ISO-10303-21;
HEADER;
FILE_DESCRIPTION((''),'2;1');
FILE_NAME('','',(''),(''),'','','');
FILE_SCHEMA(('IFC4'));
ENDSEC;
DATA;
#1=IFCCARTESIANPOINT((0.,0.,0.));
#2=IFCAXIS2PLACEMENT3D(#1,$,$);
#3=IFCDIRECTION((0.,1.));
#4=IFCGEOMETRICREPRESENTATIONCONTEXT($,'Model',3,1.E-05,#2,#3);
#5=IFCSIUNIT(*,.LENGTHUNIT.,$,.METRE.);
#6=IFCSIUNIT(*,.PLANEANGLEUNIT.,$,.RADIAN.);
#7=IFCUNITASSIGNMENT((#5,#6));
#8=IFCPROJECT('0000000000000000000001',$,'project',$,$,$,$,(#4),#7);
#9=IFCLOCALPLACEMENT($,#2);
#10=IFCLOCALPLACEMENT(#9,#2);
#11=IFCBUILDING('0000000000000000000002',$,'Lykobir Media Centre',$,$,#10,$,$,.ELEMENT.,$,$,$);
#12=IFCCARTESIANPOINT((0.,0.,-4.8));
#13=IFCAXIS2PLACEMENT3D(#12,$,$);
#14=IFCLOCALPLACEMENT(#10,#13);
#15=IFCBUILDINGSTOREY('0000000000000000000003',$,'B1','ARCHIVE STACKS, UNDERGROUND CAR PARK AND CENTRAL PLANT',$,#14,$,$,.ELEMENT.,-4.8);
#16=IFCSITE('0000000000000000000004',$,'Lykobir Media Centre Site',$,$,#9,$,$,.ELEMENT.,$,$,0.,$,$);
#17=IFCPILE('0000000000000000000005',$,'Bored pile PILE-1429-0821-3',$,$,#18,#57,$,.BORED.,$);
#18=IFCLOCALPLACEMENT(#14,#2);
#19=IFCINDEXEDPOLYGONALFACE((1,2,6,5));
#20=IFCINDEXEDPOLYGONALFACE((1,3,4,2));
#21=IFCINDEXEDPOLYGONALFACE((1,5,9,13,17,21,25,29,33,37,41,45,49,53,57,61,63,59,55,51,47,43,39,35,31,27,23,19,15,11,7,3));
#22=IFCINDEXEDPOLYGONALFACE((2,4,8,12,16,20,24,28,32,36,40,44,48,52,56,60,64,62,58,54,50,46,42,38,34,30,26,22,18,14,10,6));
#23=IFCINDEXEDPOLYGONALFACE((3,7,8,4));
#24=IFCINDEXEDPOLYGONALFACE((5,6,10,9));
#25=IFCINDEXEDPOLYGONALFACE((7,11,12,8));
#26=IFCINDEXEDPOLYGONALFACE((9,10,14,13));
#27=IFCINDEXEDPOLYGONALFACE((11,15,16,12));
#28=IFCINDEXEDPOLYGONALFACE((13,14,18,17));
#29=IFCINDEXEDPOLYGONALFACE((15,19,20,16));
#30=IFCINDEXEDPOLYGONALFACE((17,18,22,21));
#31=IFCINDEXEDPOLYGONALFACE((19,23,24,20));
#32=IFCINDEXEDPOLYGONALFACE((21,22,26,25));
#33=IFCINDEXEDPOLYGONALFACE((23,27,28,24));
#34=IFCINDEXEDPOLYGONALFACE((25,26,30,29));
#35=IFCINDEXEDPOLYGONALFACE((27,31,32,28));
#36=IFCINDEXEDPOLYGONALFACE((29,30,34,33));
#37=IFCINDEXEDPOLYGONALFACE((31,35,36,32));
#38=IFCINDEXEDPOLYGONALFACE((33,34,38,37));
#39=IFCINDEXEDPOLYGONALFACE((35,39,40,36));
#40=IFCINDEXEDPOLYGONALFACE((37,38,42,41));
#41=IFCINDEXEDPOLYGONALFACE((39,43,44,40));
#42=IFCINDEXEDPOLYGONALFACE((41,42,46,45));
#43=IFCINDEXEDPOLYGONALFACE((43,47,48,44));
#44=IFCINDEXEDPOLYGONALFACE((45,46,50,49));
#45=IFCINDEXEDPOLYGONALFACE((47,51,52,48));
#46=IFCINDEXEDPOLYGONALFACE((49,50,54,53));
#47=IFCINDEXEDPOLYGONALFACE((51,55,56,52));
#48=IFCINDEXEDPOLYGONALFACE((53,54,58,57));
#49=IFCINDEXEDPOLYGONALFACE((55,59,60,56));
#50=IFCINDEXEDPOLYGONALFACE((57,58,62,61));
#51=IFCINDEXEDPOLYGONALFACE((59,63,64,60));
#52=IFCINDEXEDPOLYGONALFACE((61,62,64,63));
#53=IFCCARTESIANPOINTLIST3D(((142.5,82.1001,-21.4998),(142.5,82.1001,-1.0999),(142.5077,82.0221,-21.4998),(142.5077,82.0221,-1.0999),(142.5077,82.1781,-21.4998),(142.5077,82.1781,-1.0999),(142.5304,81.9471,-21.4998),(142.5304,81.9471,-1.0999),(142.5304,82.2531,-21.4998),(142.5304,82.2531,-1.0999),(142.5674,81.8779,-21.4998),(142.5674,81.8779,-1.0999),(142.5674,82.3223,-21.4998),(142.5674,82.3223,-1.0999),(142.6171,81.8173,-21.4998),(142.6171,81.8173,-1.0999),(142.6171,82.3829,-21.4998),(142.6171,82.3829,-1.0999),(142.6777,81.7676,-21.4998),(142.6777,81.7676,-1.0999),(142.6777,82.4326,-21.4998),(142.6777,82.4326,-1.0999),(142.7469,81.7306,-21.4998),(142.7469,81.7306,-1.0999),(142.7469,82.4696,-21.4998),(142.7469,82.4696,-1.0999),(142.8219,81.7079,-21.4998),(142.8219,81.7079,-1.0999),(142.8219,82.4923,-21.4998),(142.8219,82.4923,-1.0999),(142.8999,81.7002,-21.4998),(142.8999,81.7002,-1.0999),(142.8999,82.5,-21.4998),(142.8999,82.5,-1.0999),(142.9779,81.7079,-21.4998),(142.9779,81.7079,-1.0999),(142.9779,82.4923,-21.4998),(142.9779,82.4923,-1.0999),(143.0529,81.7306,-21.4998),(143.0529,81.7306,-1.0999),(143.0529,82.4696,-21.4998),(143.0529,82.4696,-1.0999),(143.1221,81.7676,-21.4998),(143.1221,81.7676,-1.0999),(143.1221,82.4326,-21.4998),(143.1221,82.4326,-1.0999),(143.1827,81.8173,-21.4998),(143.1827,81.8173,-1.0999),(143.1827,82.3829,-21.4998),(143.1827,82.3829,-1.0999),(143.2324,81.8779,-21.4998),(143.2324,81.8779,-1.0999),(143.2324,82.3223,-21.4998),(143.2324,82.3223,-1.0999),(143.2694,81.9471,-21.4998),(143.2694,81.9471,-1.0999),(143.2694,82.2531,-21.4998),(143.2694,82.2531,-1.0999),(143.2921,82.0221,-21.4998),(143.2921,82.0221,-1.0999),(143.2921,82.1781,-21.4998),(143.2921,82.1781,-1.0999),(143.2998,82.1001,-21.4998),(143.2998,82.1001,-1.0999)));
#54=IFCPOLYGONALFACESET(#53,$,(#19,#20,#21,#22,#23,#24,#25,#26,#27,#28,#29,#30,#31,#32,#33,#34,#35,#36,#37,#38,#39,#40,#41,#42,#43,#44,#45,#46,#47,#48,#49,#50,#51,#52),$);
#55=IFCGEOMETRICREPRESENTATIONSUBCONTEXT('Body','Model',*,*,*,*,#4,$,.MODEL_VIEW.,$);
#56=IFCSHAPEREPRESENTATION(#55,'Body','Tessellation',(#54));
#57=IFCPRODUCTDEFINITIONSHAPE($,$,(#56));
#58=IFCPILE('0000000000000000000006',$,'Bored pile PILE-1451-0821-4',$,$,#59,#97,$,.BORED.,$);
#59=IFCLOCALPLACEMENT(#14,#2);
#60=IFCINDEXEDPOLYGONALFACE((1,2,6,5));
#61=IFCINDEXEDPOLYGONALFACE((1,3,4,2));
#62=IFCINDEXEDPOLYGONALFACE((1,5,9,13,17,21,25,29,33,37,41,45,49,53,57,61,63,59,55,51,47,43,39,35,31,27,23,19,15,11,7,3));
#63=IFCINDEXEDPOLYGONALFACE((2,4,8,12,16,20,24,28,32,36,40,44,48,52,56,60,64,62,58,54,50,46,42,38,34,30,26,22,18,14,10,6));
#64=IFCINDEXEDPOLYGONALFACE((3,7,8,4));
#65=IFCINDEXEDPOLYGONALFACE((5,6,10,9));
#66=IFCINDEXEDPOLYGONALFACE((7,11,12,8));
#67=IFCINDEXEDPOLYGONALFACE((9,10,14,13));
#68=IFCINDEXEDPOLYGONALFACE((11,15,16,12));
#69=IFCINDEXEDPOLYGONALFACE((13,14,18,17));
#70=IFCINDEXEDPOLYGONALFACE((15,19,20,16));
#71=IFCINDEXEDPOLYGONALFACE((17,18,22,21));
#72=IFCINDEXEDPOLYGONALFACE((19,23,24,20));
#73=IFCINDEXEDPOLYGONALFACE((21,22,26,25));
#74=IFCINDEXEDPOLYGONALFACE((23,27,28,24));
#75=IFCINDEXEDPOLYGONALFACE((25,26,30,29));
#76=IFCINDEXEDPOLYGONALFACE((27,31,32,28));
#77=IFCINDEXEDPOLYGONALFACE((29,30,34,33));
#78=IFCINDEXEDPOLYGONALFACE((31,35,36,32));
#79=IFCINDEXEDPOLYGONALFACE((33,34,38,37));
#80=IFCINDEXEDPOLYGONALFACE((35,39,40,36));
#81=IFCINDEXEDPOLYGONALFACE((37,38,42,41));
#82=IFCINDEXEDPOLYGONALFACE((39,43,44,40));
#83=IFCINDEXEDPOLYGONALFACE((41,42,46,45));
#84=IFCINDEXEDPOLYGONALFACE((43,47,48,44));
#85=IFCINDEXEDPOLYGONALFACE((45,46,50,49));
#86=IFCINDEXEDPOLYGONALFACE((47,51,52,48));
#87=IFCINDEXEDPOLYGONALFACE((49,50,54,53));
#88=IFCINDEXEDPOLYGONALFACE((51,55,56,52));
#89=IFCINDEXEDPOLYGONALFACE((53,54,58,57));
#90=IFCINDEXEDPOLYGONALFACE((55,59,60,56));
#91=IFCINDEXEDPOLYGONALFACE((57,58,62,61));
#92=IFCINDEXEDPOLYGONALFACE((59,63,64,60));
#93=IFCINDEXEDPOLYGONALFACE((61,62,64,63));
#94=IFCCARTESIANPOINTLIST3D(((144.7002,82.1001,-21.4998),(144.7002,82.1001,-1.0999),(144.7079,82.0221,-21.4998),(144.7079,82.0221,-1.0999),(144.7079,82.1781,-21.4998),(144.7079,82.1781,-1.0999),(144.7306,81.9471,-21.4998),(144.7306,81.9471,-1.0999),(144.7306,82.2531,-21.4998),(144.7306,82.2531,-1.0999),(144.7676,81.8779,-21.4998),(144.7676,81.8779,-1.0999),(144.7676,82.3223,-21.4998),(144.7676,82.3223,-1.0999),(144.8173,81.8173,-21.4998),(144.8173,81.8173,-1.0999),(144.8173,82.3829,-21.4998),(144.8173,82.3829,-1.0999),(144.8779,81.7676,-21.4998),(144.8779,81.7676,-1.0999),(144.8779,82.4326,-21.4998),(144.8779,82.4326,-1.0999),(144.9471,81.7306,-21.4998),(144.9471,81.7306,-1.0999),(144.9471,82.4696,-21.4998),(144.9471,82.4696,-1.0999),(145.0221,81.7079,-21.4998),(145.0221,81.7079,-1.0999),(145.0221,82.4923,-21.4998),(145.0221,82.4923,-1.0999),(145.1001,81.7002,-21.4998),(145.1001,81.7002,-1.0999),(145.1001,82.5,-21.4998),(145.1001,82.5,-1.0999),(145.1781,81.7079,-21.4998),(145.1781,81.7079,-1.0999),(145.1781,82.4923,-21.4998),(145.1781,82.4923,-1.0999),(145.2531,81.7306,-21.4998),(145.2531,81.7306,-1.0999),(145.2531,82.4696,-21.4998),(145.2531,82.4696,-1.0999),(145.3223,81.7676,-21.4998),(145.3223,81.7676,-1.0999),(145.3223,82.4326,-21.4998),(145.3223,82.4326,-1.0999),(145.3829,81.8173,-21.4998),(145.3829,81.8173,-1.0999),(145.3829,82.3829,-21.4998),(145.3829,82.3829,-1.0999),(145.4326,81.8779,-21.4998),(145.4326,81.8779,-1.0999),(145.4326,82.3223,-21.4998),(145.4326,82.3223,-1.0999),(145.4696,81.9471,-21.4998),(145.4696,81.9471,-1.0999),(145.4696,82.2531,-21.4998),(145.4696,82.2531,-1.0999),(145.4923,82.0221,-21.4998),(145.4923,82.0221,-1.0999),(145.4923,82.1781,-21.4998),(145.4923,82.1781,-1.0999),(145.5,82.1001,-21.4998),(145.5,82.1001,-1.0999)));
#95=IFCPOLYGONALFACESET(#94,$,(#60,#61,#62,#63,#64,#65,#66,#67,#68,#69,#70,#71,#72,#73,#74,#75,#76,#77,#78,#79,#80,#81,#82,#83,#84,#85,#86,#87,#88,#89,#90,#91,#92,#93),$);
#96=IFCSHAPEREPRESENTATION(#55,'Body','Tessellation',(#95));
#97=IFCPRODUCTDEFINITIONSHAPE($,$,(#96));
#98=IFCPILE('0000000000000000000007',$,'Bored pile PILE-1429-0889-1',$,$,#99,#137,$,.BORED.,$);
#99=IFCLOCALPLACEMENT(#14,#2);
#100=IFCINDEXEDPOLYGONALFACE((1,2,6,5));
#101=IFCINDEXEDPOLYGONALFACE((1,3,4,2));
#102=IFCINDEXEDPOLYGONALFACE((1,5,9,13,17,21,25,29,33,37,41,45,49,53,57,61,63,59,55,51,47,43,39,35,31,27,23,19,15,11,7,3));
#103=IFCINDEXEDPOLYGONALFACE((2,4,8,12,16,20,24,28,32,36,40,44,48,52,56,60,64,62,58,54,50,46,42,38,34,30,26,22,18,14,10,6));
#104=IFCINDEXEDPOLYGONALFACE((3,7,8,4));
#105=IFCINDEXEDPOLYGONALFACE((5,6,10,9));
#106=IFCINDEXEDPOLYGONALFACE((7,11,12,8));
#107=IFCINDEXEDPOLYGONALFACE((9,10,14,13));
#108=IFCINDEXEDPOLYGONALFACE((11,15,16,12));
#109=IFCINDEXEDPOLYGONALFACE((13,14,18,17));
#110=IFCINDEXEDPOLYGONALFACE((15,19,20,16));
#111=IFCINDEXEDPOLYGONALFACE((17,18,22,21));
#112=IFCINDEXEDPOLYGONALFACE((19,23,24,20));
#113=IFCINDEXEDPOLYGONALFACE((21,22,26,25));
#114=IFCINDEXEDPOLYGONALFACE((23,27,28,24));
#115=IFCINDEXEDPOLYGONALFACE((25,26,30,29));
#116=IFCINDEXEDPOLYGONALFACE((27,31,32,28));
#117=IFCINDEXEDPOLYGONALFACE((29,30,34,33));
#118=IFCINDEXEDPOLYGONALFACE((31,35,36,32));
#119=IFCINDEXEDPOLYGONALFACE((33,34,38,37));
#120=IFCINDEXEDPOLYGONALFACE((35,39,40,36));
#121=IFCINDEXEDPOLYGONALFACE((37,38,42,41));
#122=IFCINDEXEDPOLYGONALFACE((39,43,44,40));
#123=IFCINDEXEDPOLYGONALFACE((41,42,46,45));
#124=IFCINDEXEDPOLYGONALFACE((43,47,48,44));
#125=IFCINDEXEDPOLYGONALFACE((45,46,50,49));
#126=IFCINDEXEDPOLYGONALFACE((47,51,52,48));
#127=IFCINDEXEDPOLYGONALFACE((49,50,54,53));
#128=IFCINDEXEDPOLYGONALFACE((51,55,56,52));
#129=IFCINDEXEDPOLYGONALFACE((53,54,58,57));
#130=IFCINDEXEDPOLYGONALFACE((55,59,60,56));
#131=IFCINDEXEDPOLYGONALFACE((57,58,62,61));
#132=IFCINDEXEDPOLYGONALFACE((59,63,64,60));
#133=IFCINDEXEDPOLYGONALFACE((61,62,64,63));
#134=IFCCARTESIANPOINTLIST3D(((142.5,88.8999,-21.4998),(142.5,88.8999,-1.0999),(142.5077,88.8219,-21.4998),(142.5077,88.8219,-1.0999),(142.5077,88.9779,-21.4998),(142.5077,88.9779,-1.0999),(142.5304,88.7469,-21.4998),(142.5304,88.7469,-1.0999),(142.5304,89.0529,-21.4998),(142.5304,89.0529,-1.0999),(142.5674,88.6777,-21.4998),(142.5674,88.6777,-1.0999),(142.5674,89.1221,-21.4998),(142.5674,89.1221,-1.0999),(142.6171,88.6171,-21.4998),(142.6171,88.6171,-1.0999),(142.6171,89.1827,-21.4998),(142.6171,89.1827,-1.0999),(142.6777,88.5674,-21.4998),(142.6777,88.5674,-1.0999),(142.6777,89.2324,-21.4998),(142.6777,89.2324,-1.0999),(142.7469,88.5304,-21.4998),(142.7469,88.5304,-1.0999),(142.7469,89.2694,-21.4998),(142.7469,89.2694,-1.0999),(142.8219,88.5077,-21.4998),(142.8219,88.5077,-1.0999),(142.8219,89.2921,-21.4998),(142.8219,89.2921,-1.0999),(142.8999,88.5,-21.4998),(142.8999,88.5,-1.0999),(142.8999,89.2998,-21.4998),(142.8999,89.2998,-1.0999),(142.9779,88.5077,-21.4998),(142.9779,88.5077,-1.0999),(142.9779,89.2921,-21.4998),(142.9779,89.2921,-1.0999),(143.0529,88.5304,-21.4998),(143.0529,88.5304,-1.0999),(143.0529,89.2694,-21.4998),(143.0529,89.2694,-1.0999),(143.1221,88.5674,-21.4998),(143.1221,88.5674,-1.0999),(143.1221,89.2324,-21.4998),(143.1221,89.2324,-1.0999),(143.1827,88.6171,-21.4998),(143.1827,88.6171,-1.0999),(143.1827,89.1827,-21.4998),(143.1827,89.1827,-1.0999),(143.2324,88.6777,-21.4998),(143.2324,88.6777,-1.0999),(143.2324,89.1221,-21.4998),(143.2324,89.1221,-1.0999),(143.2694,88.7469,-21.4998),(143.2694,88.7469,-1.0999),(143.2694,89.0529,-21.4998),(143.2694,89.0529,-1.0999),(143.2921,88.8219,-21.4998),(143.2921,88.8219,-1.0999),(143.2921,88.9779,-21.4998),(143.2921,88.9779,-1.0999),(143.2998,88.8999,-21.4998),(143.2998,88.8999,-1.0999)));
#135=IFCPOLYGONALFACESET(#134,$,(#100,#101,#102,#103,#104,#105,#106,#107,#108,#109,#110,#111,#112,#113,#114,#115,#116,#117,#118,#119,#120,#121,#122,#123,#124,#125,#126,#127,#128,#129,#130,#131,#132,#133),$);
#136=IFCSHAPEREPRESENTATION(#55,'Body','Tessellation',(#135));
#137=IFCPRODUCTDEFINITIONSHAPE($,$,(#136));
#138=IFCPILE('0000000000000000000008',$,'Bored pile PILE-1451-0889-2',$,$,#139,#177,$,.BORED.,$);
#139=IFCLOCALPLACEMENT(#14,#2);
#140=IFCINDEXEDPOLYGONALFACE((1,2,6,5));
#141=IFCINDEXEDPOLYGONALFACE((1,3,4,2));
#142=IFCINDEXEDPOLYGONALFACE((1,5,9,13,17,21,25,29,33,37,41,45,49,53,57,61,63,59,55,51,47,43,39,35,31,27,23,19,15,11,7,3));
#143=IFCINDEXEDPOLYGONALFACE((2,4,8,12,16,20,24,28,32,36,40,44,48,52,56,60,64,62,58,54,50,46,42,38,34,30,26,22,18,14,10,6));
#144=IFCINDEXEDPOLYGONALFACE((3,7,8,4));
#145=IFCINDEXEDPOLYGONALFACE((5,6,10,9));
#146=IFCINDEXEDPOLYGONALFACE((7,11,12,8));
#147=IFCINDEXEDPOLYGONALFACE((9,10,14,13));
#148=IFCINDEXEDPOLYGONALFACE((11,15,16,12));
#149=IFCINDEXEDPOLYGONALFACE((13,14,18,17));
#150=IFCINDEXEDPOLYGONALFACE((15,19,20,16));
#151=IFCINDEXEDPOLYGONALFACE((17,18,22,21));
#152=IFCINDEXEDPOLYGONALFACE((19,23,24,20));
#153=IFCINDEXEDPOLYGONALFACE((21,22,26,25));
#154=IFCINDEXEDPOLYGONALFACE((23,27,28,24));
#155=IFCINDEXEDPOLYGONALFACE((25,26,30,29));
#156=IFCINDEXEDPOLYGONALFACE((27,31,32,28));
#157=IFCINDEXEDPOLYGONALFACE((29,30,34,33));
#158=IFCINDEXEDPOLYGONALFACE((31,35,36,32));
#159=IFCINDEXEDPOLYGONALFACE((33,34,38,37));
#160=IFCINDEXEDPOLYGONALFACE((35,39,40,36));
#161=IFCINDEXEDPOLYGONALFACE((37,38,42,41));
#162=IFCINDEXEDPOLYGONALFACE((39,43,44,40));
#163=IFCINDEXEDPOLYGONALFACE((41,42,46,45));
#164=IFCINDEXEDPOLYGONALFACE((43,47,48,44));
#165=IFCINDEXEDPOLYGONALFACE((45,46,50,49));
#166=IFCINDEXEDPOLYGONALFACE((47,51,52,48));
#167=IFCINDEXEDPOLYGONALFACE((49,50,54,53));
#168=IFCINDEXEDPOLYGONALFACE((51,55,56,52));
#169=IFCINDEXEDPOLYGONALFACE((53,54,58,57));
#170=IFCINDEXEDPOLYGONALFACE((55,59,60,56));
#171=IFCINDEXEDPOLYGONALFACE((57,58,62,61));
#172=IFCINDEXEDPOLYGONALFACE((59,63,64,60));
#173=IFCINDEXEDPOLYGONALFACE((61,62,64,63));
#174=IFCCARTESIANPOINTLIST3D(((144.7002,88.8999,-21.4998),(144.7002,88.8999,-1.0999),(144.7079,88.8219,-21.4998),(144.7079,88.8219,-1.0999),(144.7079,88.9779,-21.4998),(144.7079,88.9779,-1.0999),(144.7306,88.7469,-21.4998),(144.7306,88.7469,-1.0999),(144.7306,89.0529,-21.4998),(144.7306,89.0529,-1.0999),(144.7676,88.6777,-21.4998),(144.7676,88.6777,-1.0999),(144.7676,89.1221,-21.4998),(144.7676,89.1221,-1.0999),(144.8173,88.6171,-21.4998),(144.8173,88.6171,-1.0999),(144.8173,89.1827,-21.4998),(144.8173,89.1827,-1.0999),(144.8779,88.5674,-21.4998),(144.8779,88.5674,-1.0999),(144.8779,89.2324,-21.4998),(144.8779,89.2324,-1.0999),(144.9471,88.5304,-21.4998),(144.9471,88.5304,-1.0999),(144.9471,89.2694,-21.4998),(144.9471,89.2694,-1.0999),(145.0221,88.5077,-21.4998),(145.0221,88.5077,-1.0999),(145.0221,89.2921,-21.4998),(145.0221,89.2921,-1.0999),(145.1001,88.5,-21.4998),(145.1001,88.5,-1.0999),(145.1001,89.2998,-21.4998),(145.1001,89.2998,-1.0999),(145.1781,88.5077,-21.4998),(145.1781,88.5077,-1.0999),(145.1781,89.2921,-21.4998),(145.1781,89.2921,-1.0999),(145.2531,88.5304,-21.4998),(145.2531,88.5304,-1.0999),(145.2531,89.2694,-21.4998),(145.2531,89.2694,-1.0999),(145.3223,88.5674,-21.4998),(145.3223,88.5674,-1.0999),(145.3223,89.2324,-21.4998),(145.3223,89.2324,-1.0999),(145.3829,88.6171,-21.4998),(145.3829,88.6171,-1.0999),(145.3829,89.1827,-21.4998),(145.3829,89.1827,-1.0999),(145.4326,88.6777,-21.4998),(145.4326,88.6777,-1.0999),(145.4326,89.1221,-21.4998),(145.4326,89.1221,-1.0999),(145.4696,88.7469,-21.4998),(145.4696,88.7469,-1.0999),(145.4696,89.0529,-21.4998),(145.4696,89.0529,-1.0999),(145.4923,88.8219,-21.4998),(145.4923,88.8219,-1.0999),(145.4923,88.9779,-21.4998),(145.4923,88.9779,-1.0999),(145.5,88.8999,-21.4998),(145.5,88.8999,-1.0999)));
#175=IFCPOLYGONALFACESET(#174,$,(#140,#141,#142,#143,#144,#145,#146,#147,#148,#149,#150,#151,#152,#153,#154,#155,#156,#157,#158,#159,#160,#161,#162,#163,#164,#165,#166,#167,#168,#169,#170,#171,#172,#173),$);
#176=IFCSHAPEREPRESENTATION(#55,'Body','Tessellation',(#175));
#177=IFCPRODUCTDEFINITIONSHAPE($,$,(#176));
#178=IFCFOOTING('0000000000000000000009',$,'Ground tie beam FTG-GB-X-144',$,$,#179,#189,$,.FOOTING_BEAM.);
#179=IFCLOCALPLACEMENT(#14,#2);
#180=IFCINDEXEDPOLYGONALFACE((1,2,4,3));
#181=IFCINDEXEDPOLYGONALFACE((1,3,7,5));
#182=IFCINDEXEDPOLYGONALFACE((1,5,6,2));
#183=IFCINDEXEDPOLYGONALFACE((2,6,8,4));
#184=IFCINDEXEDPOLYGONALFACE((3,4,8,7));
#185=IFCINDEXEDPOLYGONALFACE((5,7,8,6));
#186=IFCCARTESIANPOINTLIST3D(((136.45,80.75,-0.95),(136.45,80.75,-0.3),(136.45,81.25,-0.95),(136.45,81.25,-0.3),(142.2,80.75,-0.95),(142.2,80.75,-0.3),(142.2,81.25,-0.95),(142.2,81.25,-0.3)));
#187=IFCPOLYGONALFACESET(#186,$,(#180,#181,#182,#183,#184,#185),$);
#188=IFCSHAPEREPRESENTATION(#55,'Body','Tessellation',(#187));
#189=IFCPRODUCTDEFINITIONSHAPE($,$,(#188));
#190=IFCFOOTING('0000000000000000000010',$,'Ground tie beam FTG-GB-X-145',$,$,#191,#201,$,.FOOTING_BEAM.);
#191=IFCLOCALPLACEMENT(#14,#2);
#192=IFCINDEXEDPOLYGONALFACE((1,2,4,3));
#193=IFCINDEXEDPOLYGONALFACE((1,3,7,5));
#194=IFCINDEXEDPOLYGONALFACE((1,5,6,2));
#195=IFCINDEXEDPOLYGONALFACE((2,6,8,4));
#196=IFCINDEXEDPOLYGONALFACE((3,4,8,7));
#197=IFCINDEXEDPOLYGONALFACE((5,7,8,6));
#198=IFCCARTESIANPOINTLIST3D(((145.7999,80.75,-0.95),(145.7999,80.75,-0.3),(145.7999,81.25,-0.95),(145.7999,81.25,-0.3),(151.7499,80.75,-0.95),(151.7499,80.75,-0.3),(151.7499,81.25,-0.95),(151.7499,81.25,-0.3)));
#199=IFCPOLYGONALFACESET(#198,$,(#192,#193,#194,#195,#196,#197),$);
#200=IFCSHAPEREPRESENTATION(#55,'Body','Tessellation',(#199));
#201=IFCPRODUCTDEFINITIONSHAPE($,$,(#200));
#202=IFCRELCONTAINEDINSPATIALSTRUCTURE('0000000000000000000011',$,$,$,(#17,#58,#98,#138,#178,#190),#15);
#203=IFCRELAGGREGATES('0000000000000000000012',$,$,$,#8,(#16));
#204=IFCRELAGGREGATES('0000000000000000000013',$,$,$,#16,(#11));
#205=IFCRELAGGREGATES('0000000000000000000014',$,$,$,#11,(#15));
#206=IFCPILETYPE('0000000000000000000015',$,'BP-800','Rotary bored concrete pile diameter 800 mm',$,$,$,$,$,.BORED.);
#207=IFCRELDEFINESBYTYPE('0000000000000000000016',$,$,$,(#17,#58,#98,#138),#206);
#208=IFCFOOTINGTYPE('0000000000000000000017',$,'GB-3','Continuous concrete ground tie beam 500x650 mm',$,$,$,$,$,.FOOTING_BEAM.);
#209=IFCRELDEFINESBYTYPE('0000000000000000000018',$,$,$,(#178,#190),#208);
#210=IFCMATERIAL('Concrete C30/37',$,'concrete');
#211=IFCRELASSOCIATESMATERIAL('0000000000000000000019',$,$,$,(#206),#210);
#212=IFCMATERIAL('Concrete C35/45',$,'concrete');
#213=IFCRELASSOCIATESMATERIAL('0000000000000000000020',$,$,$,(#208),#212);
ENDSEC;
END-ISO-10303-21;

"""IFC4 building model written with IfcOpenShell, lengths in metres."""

from ifc_helpers import new_model, si_unit, direction, frame, origin, origin_2d, place, context, subcontext, project, spatial, rectangle, circle, extrude, material, material_profile, profile_set, type_object, element, save


model = new_model("IFC4")

# Units and contexts
model_context = context("Model", 3, precision=1e-05, world=origin(), true_north=direction((0.0, 1.0)))
body_context = subcontext(model_context, "Body", "Model", "MODEL_VIEW")
ifc_project = project(units=[si_unit("LENGTHUNIT", "METRE"), si_unit("PLANEANGLEUNIT", "RADIAN")], contexts=[model_context])

# Site, building, storey
site_placement = place(None, origin())
site = spatial("IfcSite", under=ifc_project, at=site_placement, Name="Lykobir Media Centre Site", CompositionType="ELEMENT", RefElevation=0.0)
building_placement = place(site_placement, origin())
building = spatial("IfcBuilding", under=site, at=building_placement, Name="Lykobir Media Centre", CompositionType="ELEMENT")
storey_placement = place(building_placement, frame((0.0, 0.0, -4.8)))
storey = spatial("IfcBuildingStorey", under=building, at=storey_placement, Name="B1", Description="ARCHIVE STACKS, UNDERGROUND CAR PARK AND CENTRAL PLANT", CompositionType="ELEMENT", Elevation=-4.8)

# Piles
ifc_material_1 = material(Name="Concrete C30/37", Category="concrete")
ifc_material_profile_1 = material_profile(ifc_material_1, circle(Radius=0.3999, at=origin_2d()), Name="BORED PILE D800")
ifc_profile_set_1 = profile_set([ifc_material_profile_1], Name="Concrete C30/37")
pile_type_1 = type_object("IfcPileType", Name="BP-800", Description="Rotary bored concrete pile diameter 800 mm", PredefinedType="BORED", material=ifc_profile_set_1)
for number, where, z_axis, x_axis, name in (
    (1, (142.8999, 82.1001, -1.0999), (0.0, 0.0, -1.0), (1.0, 0.0, 0.0), "Bored pile PILE-1429-0821-3"),
    (2, (145.1001, 82.1001, -1.0999), (0.0, 0.0, -1.0), (1.0, 0.0, 0.0), "Bored pile PILE-1451-0821-4"),
    (3, (142.8999, 88.8999, -1.0999), (0.0, 0.0, -1.0), (1.0, 0.0, 0.0), "Bored pile PILE-1429-0889-1"),
    (4, (145.1001, 88.8999, -1.0999), (0.0, 0.0, -1.0), (1.0, 0.0, 0.0), "Bored pile PILE-1451-0889-2"),
):
    element("IfcPile", number, at=place(storey_placement, frame(where, z_axis=z_axis, x_axis=x_axis)), inside=storey, type_object=pile_type_1, Name=name, PredefinedType="BORED", context=body_context, shape_type="SweptSolid", body=[
        extrude(circle(Radius=0.3999, at=origin_2d()), origin(), (0.0, 0.0, 1.0), 20.3999),
    ])

# Footings
ifc_material_2 = material(Name="Concrete C35/45", Category="concrete")
footing_type_1 = type_object("IfcFootingType", Name="GB-3", Description="Continuous concrete ground tie beam 500x650 mm", PredefinedType="FOOTING_BEAM", material=ifc_material_2)
footing_1_placement = place(storey_placement, frame((139.325, 81.0, -0.95), z_axis=(0.0, 0.0, 1.0), x_axis=(1.0, 0.0, 0.0)))
element("IfcFooting", 5, at=footing_1_placement, inside=storey, type_object=footing_type_1, Name="Ground tie beam FTG-GB-X-144", PredefinedType="FOOTING_BEAM", context=body_context, shape_type="SweptSolid", body=[
    extrude(rectangle(XDim=5.75, YDim=0.5, at=origin_2d()), origin(), (0.0, 0.0, 1.0), 0.6499),
])
footing_2_placement = place(storey_placement, frame((148.7749, 81.0, -0.95), z_axis=(0.0, 0.0, 1.0), x_axis=(1.0, 0.0, 0.0)))
element("IfcFooting", 6, at=footing_2_placement, inside=storey, type_object=footing_type_1, Name="Ground tie beam FTG-GB-X-145", PredefinedType="FOOTING_BEAM", context=body_context, shape_type="SweptSolid", body=[
    extrude(rectangle(XDim=5.95, YDim=0.5, at=origin_2d()), origin(), (0.0, 0.0, 1.0), 0.6499),
])

save(model, "model.ifc")
